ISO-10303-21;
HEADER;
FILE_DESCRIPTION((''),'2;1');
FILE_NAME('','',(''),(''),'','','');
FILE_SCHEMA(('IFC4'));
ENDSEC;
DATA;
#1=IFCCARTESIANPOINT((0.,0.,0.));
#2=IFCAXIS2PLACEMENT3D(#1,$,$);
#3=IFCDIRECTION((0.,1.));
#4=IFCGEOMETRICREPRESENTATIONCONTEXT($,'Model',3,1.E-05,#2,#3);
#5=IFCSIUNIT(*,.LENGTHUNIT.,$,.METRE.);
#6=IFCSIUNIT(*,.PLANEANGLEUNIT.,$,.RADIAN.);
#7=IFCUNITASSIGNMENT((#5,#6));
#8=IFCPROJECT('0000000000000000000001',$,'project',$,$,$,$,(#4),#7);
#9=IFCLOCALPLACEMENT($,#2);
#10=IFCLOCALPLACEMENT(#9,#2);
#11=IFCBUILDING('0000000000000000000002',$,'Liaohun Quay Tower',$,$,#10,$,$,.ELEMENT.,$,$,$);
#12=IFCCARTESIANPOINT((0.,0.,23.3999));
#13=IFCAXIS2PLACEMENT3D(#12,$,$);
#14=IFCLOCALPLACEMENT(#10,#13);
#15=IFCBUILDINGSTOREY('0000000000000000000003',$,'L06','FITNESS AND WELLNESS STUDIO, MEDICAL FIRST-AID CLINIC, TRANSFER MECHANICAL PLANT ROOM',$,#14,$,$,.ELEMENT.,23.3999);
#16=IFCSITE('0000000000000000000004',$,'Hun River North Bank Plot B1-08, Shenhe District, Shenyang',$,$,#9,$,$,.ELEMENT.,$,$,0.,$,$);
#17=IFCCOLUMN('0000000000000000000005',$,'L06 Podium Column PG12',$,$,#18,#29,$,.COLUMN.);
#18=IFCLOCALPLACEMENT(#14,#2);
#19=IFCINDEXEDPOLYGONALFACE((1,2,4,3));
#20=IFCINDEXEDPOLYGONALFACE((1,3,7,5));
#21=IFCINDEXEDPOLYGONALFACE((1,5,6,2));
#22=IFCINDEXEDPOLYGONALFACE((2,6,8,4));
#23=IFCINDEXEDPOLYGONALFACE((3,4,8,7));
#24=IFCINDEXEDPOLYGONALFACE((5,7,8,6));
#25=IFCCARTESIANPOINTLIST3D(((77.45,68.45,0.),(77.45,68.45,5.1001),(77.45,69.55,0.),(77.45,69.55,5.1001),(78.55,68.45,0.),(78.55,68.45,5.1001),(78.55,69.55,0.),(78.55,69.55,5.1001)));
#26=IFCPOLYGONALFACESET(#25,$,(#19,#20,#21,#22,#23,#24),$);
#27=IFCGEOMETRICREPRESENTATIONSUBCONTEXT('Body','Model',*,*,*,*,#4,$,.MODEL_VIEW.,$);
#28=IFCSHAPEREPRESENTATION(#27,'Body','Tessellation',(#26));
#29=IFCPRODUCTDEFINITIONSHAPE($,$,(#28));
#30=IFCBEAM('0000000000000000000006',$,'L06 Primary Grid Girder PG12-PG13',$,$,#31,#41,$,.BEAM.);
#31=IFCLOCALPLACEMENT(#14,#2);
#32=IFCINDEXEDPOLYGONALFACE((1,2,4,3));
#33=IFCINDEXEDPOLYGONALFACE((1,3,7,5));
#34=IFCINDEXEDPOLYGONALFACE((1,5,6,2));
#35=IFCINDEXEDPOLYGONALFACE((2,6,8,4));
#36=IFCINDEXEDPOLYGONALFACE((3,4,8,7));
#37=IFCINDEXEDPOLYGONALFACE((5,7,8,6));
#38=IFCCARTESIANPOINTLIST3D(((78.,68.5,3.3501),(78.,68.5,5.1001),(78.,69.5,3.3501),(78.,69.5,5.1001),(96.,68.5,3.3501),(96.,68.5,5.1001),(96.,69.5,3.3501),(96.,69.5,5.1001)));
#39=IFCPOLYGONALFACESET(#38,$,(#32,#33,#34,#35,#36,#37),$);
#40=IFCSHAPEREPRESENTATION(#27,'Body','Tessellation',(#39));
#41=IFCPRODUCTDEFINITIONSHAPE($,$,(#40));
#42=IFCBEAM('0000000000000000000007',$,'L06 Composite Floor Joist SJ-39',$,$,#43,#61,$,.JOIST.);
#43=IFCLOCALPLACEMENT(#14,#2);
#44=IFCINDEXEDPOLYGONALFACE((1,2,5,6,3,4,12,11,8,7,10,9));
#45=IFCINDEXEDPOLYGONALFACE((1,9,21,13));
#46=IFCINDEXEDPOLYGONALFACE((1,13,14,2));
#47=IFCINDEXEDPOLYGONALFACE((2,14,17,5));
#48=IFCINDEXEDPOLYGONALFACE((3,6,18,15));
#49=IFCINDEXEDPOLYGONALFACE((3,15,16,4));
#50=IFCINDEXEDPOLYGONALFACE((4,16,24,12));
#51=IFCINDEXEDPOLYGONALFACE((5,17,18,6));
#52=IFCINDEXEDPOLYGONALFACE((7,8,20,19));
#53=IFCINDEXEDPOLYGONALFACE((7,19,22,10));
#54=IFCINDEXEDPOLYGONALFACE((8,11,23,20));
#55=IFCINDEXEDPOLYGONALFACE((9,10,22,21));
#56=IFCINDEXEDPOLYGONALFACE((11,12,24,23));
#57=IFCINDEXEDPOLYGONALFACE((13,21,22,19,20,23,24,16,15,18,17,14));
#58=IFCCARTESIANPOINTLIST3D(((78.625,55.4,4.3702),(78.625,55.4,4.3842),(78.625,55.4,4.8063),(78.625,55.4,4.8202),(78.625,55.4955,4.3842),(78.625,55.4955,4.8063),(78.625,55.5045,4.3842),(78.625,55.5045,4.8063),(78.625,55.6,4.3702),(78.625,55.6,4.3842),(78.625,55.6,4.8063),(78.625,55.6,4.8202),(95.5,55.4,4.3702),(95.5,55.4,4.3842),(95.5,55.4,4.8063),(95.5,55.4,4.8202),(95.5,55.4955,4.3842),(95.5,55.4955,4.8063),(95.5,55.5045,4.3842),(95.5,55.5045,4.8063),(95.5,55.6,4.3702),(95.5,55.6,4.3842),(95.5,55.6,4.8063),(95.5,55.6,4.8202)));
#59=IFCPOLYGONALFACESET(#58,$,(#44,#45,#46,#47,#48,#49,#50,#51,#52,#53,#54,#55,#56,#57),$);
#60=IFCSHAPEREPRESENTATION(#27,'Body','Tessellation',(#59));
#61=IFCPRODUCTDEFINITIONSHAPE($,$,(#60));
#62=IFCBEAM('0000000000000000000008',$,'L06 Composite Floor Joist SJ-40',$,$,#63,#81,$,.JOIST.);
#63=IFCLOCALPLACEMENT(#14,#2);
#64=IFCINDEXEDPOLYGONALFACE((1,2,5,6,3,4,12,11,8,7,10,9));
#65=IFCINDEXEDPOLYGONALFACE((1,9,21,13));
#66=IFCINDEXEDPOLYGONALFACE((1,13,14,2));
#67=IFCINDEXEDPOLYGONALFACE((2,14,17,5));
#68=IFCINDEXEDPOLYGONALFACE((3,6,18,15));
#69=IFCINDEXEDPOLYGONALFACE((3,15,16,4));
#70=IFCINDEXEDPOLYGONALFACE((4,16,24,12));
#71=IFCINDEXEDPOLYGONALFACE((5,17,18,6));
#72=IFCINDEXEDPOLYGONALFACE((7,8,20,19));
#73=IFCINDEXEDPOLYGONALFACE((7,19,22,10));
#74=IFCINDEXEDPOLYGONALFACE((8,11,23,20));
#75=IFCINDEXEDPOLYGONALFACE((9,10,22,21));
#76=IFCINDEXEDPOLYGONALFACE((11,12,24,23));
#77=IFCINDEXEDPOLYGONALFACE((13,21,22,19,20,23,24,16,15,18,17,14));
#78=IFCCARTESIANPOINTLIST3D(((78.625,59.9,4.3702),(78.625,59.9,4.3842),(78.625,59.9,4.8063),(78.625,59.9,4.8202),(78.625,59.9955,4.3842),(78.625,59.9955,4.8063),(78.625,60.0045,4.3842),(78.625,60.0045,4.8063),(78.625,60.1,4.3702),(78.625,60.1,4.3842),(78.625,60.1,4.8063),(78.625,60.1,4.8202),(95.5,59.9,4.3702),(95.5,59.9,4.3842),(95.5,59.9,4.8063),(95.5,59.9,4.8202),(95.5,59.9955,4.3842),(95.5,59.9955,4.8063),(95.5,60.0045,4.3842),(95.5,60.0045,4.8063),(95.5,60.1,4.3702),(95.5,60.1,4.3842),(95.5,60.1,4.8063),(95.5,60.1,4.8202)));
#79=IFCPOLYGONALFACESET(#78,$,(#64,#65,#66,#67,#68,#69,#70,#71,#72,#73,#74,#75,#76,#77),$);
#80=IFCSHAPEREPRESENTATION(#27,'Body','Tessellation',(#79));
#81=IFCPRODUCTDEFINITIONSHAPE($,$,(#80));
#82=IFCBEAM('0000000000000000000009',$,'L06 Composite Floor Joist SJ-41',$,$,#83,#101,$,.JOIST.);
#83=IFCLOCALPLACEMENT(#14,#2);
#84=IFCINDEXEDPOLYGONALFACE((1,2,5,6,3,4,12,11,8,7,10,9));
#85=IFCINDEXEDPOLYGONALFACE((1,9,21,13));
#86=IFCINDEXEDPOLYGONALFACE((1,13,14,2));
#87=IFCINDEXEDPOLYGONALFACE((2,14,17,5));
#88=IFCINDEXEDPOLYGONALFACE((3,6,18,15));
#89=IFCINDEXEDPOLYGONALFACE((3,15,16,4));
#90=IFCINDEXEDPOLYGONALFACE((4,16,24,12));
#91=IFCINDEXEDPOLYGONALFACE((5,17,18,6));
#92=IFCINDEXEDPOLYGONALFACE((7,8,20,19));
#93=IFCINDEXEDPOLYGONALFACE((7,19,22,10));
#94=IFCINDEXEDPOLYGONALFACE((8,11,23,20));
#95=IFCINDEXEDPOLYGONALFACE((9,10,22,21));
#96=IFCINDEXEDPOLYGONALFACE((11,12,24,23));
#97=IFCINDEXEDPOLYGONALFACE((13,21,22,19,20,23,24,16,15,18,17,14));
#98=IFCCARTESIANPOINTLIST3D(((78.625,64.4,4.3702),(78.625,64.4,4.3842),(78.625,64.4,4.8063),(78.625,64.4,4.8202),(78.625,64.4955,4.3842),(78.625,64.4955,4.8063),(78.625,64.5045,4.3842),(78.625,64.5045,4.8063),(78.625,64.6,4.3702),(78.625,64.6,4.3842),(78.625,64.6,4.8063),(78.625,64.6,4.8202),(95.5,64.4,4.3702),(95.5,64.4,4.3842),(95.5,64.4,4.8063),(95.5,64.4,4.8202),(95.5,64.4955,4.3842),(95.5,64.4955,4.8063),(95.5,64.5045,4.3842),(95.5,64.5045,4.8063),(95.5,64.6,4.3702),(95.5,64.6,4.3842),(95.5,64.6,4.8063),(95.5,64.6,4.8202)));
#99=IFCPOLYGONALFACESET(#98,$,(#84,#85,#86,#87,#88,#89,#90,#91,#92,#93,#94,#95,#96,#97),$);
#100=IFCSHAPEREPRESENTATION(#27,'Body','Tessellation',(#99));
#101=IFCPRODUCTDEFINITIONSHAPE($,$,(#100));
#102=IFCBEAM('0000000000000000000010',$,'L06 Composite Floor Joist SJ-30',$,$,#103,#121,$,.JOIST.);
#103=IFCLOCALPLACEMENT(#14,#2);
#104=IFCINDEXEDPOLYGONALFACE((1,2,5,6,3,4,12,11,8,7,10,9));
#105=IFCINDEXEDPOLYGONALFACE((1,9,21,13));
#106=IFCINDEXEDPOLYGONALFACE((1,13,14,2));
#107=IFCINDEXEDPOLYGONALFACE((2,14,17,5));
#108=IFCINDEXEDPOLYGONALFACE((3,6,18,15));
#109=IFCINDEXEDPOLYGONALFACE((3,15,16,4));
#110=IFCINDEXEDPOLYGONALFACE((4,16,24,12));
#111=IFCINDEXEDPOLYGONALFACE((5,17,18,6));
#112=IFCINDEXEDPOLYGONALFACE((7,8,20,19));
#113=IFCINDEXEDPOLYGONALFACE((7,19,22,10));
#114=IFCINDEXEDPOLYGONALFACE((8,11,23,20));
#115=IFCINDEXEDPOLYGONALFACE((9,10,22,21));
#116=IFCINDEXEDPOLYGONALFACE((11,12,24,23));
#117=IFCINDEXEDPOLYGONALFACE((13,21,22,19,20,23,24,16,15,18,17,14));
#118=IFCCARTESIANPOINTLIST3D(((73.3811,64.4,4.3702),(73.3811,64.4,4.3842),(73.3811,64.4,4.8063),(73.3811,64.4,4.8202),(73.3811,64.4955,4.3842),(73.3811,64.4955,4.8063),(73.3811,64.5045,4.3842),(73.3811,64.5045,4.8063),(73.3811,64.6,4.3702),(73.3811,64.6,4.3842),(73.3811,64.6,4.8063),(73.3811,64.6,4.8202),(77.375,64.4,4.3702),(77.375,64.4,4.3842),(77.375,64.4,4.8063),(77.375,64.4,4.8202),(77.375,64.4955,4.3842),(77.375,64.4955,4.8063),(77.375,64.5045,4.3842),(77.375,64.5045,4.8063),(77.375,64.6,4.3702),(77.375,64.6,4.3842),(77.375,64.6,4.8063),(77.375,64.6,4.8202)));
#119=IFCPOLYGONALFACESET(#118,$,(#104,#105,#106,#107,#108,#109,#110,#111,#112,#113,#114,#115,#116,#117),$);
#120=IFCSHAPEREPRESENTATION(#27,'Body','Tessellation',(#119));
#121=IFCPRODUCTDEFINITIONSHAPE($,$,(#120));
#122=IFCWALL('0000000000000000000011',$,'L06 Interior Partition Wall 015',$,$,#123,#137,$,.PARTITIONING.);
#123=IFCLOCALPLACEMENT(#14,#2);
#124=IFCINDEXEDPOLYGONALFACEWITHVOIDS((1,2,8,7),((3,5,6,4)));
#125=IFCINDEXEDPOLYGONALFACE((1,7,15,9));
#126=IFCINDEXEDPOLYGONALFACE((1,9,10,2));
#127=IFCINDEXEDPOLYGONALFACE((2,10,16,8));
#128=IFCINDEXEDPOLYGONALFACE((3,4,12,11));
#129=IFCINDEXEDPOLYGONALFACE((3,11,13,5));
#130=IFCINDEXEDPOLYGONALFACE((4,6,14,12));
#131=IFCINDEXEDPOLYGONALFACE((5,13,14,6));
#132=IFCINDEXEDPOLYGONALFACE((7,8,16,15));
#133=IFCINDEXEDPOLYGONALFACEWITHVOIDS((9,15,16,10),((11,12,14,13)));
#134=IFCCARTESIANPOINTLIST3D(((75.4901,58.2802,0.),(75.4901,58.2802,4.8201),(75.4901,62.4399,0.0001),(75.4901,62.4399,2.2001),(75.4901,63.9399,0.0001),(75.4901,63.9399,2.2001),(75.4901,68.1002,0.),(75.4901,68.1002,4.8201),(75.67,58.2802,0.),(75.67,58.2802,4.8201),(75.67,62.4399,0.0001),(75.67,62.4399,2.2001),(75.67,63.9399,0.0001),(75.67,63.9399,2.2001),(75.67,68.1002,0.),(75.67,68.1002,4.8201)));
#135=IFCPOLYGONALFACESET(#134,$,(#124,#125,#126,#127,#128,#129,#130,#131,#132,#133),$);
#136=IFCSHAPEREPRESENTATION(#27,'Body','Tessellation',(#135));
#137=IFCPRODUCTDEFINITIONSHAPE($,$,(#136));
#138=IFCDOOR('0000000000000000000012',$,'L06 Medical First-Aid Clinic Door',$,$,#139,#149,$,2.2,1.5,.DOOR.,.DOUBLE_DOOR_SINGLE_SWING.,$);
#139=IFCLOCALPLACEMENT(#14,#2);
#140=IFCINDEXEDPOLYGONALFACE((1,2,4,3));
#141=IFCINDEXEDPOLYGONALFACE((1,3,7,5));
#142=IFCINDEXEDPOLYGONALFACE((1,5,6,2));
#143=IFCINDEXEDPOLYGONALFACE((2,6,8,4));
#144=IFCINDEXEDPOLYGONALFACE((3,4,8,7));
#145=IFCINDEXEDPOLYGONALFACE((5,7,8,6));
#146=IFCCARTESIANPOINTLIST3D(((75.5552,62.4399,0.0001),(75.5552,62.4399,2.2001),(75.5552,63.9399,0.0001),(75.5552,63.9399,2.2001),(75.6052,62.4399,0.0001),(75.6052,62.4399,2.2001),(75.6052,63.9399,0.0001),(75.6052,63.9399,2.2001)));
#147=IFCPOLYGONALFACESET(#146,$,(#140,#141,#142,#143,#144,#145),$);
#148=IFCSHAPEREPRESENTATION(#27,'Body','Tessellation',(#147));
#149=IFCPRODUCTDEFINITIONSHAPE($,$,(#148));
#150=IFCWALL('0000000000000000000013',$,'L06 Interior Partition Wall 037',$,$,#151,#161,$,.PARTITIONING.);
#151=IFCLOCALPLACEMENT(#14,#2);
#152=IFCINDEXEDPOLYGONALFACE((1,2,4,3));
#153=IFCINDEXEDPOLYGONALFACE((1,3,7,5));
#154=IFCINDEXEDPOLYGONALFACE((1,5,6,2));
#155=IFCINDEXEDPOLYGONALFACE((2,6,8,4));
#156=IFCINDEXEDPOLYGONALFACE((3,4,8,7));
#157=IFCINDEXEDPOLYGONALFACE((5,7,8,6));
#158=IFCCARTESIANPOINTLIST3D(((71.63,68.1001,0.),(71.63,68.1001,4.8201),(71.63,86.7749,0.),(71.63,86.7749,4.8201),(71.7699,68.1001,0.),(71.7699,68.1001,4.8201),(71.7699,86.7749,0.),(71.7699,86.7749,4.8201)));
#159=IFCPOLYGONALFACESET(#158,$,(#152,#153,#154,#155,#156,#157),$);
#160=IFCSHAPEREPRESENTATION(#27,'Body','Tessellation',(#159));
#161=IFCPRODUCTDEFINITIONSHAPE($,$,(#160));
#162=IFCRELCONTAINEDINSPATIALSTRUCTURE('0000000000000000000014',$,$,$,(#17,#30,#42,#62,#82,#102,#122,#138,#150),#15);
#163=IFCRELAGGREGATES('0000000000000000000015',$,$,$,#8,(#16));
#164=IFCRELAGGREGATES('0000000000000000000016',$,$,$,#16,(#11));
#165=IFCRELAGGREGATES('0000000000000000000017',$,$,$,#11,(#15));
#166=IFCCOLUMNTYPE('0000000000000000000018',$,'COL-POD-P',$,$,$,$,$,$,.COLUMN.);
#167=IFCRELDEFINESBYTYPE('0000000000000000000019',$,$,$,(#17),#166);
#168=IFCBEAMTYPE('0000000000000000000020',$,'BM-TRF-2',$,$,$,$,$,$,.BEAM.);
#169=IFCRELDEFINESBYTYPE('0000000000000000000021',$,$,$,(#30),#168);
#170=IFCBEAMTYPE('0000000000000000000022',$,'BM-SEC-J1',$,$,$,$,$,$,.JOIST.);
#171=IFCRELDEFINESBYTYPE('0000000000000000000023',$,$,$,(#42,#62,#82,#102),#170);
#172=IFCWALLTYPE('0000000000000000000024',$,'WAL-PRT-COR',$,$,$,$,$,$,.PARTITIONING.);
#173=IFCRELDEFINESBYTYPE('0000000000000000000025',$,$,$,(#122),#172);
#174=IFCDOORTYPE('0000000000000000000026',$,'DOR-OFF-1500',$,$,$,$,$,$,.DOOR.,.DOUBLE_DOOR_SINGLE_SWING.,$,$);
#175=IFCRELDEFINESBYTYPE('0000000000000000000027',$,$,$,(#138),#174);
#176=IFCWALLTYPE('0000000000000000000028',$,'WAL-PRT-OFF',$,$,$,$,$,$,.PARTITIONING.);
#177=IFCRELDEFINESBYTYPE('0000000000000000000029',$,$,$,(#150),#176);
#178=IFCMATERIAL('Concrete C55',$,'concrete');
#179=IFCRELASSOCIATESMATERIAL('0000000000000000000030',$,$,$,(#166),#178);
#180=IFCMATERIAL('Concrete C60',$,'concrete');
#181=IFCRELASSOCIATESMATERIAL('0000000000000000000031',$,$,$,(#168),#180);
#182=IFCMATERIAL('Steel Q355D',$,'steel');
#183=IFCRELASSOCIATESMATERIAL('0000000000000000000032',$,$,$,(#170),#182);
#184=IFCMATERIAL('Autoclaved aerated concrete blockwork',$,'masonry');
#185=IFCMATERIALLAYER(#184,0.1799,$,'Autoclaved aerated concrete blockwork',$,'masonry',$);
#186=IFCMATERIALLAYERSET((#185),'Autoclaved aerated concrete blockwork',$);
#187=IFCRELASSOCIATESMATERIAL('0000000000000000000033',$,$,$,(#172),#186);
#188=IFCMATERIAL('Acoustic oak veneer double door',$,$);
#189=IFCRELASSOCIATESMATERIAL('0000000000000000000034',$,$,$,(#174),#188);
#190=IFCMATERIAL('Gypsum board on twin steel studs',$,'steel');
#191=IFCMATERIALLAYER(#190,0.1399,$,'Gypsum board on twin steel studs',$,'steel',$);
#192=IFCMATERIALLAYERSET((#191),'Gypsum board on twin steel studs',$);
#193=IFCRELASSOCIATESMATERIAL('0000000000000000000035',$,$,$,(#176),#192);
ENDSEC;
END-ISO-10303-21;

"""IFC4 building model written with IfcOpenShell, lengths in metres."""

from ifc_helpers import new_model, si_unit, direction, frame, frame_2d, origin, origin_2d, place, context, subcontext, project, spatial, rectangle, i_section, extrude, source, transform, mapped, material, layer, layer_set, material_profile, profile_set, type_object, element, fill, save


model = new_model("IFC4")

# Units and contexts
model_context = context("Model", 3, precision=1e-05, world=origin(), true_north=direction((0.0, 1.0)))
body_context = subcontext(model_context, "Body", "Model", "MODEL_VIEW")
ifc_project = project(units=[si_unit("LENGTHUNIT", "METRE"), si_unit("PLANEANGLEUNIT", "RADIAN")], contexts=[model_context])

# Site, building, storey
site_placement = place(None, origin())
site = spatial("IfcSite", under=ifc_project, at=site_placement, Name="Hun River North Bank Plot B1-08, Shenhe District, Shenyang", CompositionType="ELEMENT", RefElevation=0.0)
building_placement = place(site_placement, origin())
building = spatial("IfcBuilding", under=site, at=building_placement, Name="Liaohun Quay Tower", CompositionType="ELEMENT")
storey_placement = place(building_placement, frame((0.0, 0.0, 23.3999)))
storey = spatial("IfcBuildingStorey", under=building, at=storey_placement, Name="L06", Description="FITNESS AND WELLNESS STUDIO, MEDICAL FIRST-AID CLINIC, TRANSFER MECHANICAL PLANT ROOM", CompositionType="ELEMENT", Elevation=23.3999)

# Column
ifc_material_1 = material(Name="Concrete C55", Category="concrete")
ifc_material_profile_1 = material_profile(ifc_material_1, rectangle(XDim=1.1001, YDim=1.1001, at=origin_2d()), Name="RC1100x1100")
ifc_profile_set_1 = profile_set([ifc_material_profile_1], Name="Concrete C55")
column_type = type_object("IfcColumnType", Name="COL-POD-P", PredefinedType="COLUMN", material=ifc_profile_set_1)
shared_shape_1 = source(origin(), body_context, "Body", "SweptSolid", [
    extrude(rectangle(XDim=1.1001, YDim=1.1001, at=origin_2d()), origin(), (0.0, 0.0, 1.0), 5.1001),
])
column_placement = place(storey_placement, frame((78.0, 69.0, 0.0), z_axis=(0.0, 0.0, 1.0), x_axis=(1.0, 0.0, 0.0)))
element("IfcColumn", 1, at=column_placement, inside=storey, type_object=column_type, Name="L06 Podium Column PG12", PredefinedType="COLUMN", context=body_context, shape_type="MappedRepresentation", body=[
    mapped(shared_shape_1, transform((0.0, 0.0, 0.0), x_axis=(1.0, 0.0, 0.0), y_axis=(0.0, 1.0, 0.0), z_axis=(0.0, 0.0, 1.0), scale=1.0)),
])

# Beams
ifc_material_2 = material(Name="Concrete C60", Category="concrete")
ifc_material_profile_2 = material_profile(ifc_material_2, rectangle(XDim=1.0, YDim=1.75, at=origin_2d()), Name="RC1000x1750")
ifc_profile_set_2 = profile_set([ifc_material_profile_2], Name="Concrete C60")
beam_type_1 = type_object("IfcBeamType", Name="BM-TRF-2", PredefinedType="BEAM", material=ifc_profile_set_2)
shared_shape_2 = source(origin(), body_context, "Body", "SweptSolid", [
    extrude(rectangle(XDim=1.0, YDim=1.75, at=origin_2d()), origin(), (0.0, 0.0, 1.0), 18.0),
])
beam_1_placement = place(storey_placement, frame((78.0, 69.0, 4.2251), z_axis=(1.0, 0.0, 0.0), x_axis=(0.0, 1.0, 0.0)))
element("IfcBeam", 2, at=beam_1_placement, inside=storey, type_object=beam_type_1, Name="L06 Primary Grid Girder PG12-PG13", PredefinedType="BEAM", context=body_context, shape_type="MappedRepresentation", body=[
    mapped(shared_shape_2, transform((0.0, 0.0, 0.0), x_axis=(1.0, 0.0, 0.0), y_axis=(0.0, 1.0, 0.0), z_axis=(0.0, 0.0, 1.0), scale=1.0)),
])
ifc_material_3 = material(Name="Steel Q355D", Category="steel")
ifc_material_profile_3 = material_profile(ifc_material_3, i_section(OverallWidth=0.2, OverallDepth=0.45, WebThickness=0.009, FlangeThickness=0.0139, at=origin_2d()), Name="HN450x200x9x14")
ifc_profile_set_3 = profile_set([ifc_material_profile_3], Name="Steel Q355D")
beam_type_2 = type_object("IfcBeamType", Name="BM-SEC-J1", PredefinedType="JOIST", material=ifc_profile_set_3)
shared_shape_3 = source(origin(), body_context, "Body", "SweptSolid", [
    extrude(i_section(OverallWidth=0.2, OverallDepth=0.45, WebThickness=0.009, FlangeThickness=0.0139, at=origin_2d()), origin(), (0.0, 0.0, 1.0), 16.875),
])
for number, where, z_axis, x_axis, name in (
    (3, (78.625, 55.5, 4.5952), (1.0, 0.0, 0.0), (0.0, 1.0, 0.0), "L06 Composite Floor Joist SJ-39"),
    (4, (78.625, 60.0, 4.5952), (1.0, 0.0, 0.0), (0.0, 1.0, 0.0), "L06 Composite Floor Joist SJ-40"),
    (5, (78.625, 64.5, 4.5952), (1.0, 0.0, 0.0), (0.0, 1.0, 0.0), "L06 Composite Floor Joist SJ-41"),
):
    element("IfcBeam", number, at=place(storey_placement, frame(where, z_axis=z_axis, x_axis=x_axis)), inside=storey, type_object=beam_type_2, Name=name, PredefinedType="JOIST", context=body_context, shape_type="MappedRepresentation", body=[
        mapped(shared_shape_3, transform((0.0, 0.0, 0.0), x_axis=(1.0, 0.0, 0.0), y_axis=(0.0, 1.0, 0.0), z_axis=(0.0, 0.0, 1.0), scale=1.0)),
    ])
shared_shape_4 = source(origin(), body_context, "Body", "SweptSolid", [
    extrude(i_section(OverallWidth=0.2, OverallDepth=0.45, WebThickness=0.009, FlangeThickness=0.0139, at=origin_2d()), origin(), (0.0, 0.0, 1.0), 3.9939),
])
beam_2_placement = place(storey_placement, frame((73.3811, 64.5, 4.5952), z_axis=(1.0, 0.0, 0.0), x_axis=(0.0, 1.0, 0.0)))
element("IfcBeam", 6, at=beam_2_placement, inside=storey, type_object=beam_type_2, Name="L06 Composite Floor Joist SJ-30", PredefinedType="JOIST", context=body_context, shape_type="MappedRepresentation", body=[
    mapped(shared_shape_4, transform((0.0, 0.0, 0.0), x_axis=(1.0, 0.0, 0.0), y_axis=(0.0, 1.0, 0.0), z_axis=(0.0, 0.0, 1.0), scale=1.0)),
])

# Wall, opening, door
ifc_material_4 = material(Name="Autoclaved aerated concrete blockwork", Category="masonry")
ifc_layer_1 = layer(ifc_material_4, 0.1799, Name="Autoclaved aerated concrete blockwork", Category="masonry")
ifc_layer_set_1 = layer_set([ifc_layer_1], Name="Autoclaved aerated concrete blockwork")
wall_type_1 = type_object("IfcWallType", Name="WAL-PRT-COR", PredefinedType="PARTITIONING", material=ifc_layer_set_1)
wall_1_placement = place(storey_placement, frame((75.5801, 58.28, 0.0), z_axis=(0.0, 0.0, 1.0), x_axis=(0.0, 1.0, 0.0)))
wall_1 = element("IfcWall", 7, at=wall_1_placement, inside=storey, type_object=wall_type_1, Name="L06 Interior Partition Wall 015", PredefinedType="PARTITIONING", context=body_context, shape_type="SweptSolid", body=[
    extrude(rectangle(XDim=9.8201, YDim=0.1799, at=frame_2d((4.9102, 0.0))), origin(), (0.0, 0.0, 1.0), 4.8201),
])
shared_shape_5 = source(origin(), body_context, "Body", "SweptSolid", [
    extrude(rectangle(XDim=1.5, YDim=2.2, at=frame_2d((0.75, 1.1001))), frame((0.0, 0.0999, 0.0), z_axis=(0.0, -1.0, 0.0), x_axis=(1.0, 0.0, 0.0)), (0.0, 0.0, 1.0), 0.2),
])
opening_1_placement = place(wall_1_placement, frame((4.1599, 0.0, 0.0)))
opening_1 = element("IfcOpeningElement", 8, at=opening_1_placement, cuts=wall_1, PredefinedType="OPENING", context=body_context, shape_type="MappedRepresentation", body=[
    mapped(shared_shape_5, transform((0.0, 0.0, 0.0), x_axis=(1.0, 0.0, 0.0), y_axis=(0.0, 1.0, 0.0), z_axis=(0.0, 0.0, 1.0), scale=1.0)),
])
ifc_material_5 = material(Name="Acoustic oak veneer double door")
door_type_1 = type_object("IfcDoorType", Name="DOR-OFF-1500", OperationType="DOUBLE_DOOR_SINGLE_SWING", PredefinedType="DOOR", material=ifc_material_5)
shared_shape_6 = source(origin(), body_context, "Body", "SweptSolid", [
    extrude(rectangle(XDim=1.5, YDim=2.2, at=frame_2d((0.75, 1.1001))), frame((0.0, 0.0249, 0.0), z_axis=(0.0, -1.0, 0.0), x_axis=(1.0, 0.0, 0.0)), (0.0, 0.0, 1.0), 0.05),
])
door_1_placement = place(opening_1_placement, origin())
door_1 = element("IfcDoor", 9, at=door_1_placement, inside=storey, type_object=door_type_1, Name="L06 Medical First-Aid Clinic Door", OperationType="DOUBLE_DOOR_SINGLE_SWING", OverallHeight=2.2, OverallWidth=1.5, PredefinedType="DOOR", context=body_context, shape_type="MappedRepresentation", body=[
    mapped(shared_shape_6, transform((0.0, 0.0, 0.0), x_axis=(1.0, 0.0, 0.0), y_axis=(0.0, 1.0, 0.0), z_axis=(0.0, 0.0, 1.0), scale=1.0)),
])
fill(opening_1, door_1)

# Wall
ifc_material_6 = material(Name="Gypsum board on twin steel studs", Category="steel")
ifc_layer_2 = layer(ifc_material_6, 0.1399, Name="Gypsum board on twin steel studs", Category="steel")
ifc_layer_set_2 = layer_set([ifc_layer_2], Name="Gypsum board on twin steel studs")
wall_type_2 = type_object("IfcWallType", Name="WAL-PRT-OFF", PredefinedType="PARTITIONING", material=ifc_layer_set_2)
wall_2_placement = place(storey_placement, frame((71.7, 68.1001, 0.0), z_axis=(0.0, 0.0, 1.0), x_axis=(0.0, 1.0, 0.0)))
element("IfcWall", 10, at=wall_2_placement, inside=storey, type_object=wall_type_2, Name="L06 Interior Partition Wall 037", PredefinedType="PARTITIONING", context=body_context, shape_type="SweptSolid", body=[
    extrude(rectangle(XDim=18.6748, YDim=0.1399, at=frame_2d((9.3374, 0.0))), origin(), (0.0, 0.0, 1.0), 4.8201),
])

save(model, "model.ifc")
